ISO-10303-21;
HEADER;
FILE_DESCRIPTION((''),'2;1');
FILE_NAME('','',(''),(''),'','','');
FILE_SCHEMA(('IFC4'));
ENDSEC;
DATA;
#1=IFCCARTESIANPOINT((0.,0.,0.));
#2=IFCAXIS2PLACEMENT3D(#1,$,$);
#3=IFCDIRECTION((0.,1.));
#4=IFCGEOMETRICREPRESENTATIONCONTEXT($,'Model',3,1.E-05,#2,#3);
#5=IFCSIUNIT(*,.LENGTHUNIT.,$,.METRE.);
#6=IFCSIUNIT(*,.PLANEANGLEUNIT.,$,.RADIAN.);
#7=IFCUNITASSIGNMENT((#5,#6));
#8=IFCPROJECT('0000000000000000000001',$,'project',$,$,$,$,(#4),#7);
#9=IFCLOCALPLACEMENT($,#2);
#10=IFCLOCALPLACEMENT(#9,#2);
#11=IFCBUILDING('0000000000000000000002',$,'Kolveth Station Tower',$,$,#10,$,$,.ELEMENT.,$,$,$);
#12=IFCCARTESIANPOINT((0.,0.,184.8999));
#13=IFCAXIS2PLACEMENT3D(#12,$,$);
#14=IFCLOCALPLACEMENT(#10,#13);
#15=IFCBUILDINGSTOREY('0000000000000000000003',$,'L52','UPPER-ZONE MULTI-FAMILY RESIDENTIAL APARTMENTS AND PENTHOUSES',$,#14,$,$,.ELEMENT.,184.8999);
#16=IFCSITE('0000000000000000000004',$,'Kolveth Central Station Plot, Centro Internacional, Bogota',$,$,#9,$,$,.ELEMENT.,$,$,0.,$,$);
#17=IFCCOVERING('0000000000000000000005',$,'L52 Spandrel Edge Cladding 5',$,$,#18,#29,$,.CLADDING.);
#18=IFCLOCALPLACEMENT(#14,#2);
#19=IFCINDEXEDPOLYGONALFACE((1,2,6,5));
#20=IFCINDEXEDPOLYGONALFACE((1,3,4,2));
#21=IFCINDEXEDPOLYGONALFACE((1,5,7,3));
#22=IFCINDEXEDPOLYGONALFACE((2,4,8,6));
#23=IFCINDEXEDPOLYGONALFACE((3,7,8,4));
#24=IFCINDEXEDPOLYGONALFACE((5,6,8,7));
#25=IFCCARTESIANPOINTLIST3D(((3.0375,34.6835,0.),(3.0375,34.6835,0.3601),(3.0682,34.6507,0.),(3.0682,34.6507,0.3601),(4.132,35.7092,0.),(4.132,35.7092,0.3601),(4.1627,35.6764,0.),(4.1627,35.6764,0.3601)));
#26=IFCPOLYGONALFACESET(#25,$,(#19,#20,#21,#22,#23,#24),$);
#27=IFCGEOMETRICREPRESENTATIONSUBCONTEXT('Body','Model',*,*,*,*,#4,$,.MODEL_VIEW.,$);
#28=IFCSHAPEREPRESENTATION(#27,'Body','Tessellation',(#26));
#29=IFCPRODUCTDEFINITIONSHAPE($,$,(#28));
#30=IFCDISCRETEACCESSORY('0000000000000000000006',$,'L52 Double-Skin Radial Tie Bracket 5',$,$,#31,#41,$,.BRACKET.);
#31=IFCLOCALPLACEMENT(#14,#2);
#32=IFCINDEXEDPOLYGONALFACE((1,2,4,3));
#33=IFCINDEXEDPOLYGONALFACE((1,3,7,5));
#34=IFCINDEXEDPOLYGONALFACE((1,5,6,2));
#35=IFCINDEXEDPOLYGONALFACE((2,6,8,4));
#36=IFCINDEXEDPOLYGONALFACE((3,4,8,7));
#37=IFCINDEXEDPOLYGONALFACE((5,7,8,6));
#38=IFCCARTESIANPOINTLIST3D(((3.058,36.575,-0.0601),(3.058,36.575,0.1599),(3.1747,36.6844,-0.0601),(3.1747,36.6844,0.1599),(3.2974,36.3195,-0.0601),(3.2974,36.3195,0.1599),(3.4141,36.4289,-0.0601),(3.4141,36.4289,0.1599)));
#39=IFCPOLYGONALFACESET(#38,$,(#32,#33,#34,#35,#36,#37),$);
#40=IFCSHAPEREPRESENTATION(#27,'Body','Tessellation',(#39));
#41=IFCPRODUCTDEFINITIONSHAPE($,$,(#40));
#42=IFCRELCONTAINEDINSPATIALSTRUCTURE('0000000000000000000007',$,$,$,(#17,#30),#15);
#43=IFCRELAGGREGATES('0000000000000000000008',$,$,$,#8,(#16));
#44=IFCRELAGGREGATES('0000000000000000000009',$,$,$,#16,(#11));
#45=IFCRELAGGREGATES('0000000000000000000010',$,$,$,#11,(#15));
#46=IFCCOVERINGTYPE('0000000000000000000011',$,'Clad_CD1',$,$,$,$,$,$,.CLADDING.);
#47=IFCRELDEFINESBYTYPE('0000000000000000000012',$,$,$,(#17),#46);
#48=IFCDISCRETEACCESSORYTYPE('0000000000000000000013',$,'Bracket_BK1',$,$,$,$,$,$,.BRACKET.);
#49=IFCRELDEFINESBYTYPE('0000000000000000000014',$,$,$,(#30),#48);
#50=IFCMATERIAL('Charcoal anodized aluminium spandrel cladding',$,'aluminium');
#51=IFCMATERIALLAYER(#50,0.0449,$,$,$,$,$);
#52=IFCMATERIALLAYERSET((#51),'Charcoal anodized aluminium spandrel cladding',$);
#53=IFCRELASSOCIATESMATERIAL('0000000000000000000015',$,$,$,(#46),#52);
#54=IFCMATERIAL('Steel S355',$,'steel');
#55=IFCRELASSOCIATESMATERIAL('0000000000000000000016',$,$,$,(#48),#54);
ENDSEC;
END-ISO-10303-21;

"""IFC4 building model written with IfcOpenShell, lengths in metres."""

from ifc_helpers import new_model, si_unit, direction, frame, origin, origin_2d, place, context, subcontext, project, spatial, rectangle, extrude, source, transform, mapped, material, layer, layer_set, type_object, element, save


model = new_model("IFC4")

# Units and contexts
model_context = context("Model", 3, precision=1e-05, world=origin(), true_north=direction((0.0, 1.0)))
body_context = subcontext(model_context, "Body", "Model", "MODEL_VIEW")
ifc_project = project(units=[si_unit("LENGTHUNIT", "METRE"), si_unit("PLANEANGLEUNIT", "RADIAN")], contexts=[model_context])

# Site, building, storey
site_placement = place(None, origin())
site = spatial("IfcSite", under=ifc_project, at=site_placement, Name="Kolveth Central Station Plot, Centro Internacional, Bogota", CompositionType="ELEMENT", RefElevation=0.0)
building_placement = place(site_placement, origin())
building = spatial("IfcBuilding", under=site, at=building_placement, Name="Kolveth Station Tower", CompositionType="ELEMENT")
storey_placement = place(building_placement, frame((0.0, 0.0, 184.8999)))
storey = spatial("IfcBuildingStorey", under=building, at=storey_placement, Name="L52", Description="UPPER-ZONE MULTI-FAMILY RESIDENTIAL APARTMENTS AND PENTHOUSES", CompositionType="ELEMENT", Elevation=184.8999)

# Shared definitions
ifc_material_1 = material(Name="Steel S355", Category="steel")

# Covering
ifc_material_2 = material(Name="Charcoal anodized aluminium spandrel cladding", Category="aluminium")
ifc_layer_1 = layer(ifc_material_2, 0.0449)
ifc_layer_set_1 = layer_set([ifc_layer_1], Name="Charcoal anodized aluminium spandrel cladding")
covering_type = type_object("IfcCoveringType", Name="Clad_CD1", PredefinedType="CLADDING", material=ifc_layer_set_1)
shared_shape_1 = source(origin(), body_context, "Body", "SweptSolid", [
    extrude(rectangle(XDim=1.5, YDim=0.0449, at=origin_2d()), origin(), (0.0, 0.0, 1.0), 0.3601),
])
covering_placement = place(storey_placement, frame((3.6001, 35.1799, 0.0), z_axis=(0.0, 0.0, 1.0), x_axis=(-0.729685, -0.683783, 0.0)))
element("IfcCovering", 1, at=covering_placement, inside=storey, type_object=covering_type, Name="L52 Spandrel Edge Cladding 5", PredefinedType="CLADDING", context=body_context, shape_type="MappedRepresentation", body=[
    mapped(shared_shape_1, transform((0.0, 0.0, 0.0), x_axis=(1.0, 0.0, 0.0), y_axis=(0.0, 1.0, 0.0), z_axis=(0.0, 0.0, 1.0), scale=1.0)),
])

# Discrete accessory
discrete_accessory_type = type_object("IfcDiscreteAccessoryType", Name="Bracket_BK1", PredefinedType="BRACKET", material=ifc_material_1)
shared_shape_2 = source(origin(), body_context, "Body", "SweptSolid", [
    extrude(rectangle(XDim=0.3501, YDim=0.1599, at=origin_2d()), origin(), (0.0, 0.0, 1.0), 0.22),
])
discrete_accessory_placement = place(storey_placement, frame((3.2361, 36.502, -0.0601), z_axis=(0.0, 0.0, 1.0), x_axis=(-0.683783, 0.729685, 0.0)))
element("IfcDiscreteAccessory", 2, at=discrete_accessory_placement, inside=storey, type_object=discrete_accessory_type, Name="L52 Double-Skin Radial Tie Bracket 5", PredefinedType="BRACKET", context=body_context, shape_type="MappedRepresentation", body=[
    mapped(shared_shape_2, transform((0.0, 0.0, 0.0), x_axis=(1.0, 0.0, 0.0), y_axis=(0.0, 1.0, 0.0), z_axis=(0.0, 0.0, 1.0), scale=1.0)),
])

save(model, "model.ifc")
